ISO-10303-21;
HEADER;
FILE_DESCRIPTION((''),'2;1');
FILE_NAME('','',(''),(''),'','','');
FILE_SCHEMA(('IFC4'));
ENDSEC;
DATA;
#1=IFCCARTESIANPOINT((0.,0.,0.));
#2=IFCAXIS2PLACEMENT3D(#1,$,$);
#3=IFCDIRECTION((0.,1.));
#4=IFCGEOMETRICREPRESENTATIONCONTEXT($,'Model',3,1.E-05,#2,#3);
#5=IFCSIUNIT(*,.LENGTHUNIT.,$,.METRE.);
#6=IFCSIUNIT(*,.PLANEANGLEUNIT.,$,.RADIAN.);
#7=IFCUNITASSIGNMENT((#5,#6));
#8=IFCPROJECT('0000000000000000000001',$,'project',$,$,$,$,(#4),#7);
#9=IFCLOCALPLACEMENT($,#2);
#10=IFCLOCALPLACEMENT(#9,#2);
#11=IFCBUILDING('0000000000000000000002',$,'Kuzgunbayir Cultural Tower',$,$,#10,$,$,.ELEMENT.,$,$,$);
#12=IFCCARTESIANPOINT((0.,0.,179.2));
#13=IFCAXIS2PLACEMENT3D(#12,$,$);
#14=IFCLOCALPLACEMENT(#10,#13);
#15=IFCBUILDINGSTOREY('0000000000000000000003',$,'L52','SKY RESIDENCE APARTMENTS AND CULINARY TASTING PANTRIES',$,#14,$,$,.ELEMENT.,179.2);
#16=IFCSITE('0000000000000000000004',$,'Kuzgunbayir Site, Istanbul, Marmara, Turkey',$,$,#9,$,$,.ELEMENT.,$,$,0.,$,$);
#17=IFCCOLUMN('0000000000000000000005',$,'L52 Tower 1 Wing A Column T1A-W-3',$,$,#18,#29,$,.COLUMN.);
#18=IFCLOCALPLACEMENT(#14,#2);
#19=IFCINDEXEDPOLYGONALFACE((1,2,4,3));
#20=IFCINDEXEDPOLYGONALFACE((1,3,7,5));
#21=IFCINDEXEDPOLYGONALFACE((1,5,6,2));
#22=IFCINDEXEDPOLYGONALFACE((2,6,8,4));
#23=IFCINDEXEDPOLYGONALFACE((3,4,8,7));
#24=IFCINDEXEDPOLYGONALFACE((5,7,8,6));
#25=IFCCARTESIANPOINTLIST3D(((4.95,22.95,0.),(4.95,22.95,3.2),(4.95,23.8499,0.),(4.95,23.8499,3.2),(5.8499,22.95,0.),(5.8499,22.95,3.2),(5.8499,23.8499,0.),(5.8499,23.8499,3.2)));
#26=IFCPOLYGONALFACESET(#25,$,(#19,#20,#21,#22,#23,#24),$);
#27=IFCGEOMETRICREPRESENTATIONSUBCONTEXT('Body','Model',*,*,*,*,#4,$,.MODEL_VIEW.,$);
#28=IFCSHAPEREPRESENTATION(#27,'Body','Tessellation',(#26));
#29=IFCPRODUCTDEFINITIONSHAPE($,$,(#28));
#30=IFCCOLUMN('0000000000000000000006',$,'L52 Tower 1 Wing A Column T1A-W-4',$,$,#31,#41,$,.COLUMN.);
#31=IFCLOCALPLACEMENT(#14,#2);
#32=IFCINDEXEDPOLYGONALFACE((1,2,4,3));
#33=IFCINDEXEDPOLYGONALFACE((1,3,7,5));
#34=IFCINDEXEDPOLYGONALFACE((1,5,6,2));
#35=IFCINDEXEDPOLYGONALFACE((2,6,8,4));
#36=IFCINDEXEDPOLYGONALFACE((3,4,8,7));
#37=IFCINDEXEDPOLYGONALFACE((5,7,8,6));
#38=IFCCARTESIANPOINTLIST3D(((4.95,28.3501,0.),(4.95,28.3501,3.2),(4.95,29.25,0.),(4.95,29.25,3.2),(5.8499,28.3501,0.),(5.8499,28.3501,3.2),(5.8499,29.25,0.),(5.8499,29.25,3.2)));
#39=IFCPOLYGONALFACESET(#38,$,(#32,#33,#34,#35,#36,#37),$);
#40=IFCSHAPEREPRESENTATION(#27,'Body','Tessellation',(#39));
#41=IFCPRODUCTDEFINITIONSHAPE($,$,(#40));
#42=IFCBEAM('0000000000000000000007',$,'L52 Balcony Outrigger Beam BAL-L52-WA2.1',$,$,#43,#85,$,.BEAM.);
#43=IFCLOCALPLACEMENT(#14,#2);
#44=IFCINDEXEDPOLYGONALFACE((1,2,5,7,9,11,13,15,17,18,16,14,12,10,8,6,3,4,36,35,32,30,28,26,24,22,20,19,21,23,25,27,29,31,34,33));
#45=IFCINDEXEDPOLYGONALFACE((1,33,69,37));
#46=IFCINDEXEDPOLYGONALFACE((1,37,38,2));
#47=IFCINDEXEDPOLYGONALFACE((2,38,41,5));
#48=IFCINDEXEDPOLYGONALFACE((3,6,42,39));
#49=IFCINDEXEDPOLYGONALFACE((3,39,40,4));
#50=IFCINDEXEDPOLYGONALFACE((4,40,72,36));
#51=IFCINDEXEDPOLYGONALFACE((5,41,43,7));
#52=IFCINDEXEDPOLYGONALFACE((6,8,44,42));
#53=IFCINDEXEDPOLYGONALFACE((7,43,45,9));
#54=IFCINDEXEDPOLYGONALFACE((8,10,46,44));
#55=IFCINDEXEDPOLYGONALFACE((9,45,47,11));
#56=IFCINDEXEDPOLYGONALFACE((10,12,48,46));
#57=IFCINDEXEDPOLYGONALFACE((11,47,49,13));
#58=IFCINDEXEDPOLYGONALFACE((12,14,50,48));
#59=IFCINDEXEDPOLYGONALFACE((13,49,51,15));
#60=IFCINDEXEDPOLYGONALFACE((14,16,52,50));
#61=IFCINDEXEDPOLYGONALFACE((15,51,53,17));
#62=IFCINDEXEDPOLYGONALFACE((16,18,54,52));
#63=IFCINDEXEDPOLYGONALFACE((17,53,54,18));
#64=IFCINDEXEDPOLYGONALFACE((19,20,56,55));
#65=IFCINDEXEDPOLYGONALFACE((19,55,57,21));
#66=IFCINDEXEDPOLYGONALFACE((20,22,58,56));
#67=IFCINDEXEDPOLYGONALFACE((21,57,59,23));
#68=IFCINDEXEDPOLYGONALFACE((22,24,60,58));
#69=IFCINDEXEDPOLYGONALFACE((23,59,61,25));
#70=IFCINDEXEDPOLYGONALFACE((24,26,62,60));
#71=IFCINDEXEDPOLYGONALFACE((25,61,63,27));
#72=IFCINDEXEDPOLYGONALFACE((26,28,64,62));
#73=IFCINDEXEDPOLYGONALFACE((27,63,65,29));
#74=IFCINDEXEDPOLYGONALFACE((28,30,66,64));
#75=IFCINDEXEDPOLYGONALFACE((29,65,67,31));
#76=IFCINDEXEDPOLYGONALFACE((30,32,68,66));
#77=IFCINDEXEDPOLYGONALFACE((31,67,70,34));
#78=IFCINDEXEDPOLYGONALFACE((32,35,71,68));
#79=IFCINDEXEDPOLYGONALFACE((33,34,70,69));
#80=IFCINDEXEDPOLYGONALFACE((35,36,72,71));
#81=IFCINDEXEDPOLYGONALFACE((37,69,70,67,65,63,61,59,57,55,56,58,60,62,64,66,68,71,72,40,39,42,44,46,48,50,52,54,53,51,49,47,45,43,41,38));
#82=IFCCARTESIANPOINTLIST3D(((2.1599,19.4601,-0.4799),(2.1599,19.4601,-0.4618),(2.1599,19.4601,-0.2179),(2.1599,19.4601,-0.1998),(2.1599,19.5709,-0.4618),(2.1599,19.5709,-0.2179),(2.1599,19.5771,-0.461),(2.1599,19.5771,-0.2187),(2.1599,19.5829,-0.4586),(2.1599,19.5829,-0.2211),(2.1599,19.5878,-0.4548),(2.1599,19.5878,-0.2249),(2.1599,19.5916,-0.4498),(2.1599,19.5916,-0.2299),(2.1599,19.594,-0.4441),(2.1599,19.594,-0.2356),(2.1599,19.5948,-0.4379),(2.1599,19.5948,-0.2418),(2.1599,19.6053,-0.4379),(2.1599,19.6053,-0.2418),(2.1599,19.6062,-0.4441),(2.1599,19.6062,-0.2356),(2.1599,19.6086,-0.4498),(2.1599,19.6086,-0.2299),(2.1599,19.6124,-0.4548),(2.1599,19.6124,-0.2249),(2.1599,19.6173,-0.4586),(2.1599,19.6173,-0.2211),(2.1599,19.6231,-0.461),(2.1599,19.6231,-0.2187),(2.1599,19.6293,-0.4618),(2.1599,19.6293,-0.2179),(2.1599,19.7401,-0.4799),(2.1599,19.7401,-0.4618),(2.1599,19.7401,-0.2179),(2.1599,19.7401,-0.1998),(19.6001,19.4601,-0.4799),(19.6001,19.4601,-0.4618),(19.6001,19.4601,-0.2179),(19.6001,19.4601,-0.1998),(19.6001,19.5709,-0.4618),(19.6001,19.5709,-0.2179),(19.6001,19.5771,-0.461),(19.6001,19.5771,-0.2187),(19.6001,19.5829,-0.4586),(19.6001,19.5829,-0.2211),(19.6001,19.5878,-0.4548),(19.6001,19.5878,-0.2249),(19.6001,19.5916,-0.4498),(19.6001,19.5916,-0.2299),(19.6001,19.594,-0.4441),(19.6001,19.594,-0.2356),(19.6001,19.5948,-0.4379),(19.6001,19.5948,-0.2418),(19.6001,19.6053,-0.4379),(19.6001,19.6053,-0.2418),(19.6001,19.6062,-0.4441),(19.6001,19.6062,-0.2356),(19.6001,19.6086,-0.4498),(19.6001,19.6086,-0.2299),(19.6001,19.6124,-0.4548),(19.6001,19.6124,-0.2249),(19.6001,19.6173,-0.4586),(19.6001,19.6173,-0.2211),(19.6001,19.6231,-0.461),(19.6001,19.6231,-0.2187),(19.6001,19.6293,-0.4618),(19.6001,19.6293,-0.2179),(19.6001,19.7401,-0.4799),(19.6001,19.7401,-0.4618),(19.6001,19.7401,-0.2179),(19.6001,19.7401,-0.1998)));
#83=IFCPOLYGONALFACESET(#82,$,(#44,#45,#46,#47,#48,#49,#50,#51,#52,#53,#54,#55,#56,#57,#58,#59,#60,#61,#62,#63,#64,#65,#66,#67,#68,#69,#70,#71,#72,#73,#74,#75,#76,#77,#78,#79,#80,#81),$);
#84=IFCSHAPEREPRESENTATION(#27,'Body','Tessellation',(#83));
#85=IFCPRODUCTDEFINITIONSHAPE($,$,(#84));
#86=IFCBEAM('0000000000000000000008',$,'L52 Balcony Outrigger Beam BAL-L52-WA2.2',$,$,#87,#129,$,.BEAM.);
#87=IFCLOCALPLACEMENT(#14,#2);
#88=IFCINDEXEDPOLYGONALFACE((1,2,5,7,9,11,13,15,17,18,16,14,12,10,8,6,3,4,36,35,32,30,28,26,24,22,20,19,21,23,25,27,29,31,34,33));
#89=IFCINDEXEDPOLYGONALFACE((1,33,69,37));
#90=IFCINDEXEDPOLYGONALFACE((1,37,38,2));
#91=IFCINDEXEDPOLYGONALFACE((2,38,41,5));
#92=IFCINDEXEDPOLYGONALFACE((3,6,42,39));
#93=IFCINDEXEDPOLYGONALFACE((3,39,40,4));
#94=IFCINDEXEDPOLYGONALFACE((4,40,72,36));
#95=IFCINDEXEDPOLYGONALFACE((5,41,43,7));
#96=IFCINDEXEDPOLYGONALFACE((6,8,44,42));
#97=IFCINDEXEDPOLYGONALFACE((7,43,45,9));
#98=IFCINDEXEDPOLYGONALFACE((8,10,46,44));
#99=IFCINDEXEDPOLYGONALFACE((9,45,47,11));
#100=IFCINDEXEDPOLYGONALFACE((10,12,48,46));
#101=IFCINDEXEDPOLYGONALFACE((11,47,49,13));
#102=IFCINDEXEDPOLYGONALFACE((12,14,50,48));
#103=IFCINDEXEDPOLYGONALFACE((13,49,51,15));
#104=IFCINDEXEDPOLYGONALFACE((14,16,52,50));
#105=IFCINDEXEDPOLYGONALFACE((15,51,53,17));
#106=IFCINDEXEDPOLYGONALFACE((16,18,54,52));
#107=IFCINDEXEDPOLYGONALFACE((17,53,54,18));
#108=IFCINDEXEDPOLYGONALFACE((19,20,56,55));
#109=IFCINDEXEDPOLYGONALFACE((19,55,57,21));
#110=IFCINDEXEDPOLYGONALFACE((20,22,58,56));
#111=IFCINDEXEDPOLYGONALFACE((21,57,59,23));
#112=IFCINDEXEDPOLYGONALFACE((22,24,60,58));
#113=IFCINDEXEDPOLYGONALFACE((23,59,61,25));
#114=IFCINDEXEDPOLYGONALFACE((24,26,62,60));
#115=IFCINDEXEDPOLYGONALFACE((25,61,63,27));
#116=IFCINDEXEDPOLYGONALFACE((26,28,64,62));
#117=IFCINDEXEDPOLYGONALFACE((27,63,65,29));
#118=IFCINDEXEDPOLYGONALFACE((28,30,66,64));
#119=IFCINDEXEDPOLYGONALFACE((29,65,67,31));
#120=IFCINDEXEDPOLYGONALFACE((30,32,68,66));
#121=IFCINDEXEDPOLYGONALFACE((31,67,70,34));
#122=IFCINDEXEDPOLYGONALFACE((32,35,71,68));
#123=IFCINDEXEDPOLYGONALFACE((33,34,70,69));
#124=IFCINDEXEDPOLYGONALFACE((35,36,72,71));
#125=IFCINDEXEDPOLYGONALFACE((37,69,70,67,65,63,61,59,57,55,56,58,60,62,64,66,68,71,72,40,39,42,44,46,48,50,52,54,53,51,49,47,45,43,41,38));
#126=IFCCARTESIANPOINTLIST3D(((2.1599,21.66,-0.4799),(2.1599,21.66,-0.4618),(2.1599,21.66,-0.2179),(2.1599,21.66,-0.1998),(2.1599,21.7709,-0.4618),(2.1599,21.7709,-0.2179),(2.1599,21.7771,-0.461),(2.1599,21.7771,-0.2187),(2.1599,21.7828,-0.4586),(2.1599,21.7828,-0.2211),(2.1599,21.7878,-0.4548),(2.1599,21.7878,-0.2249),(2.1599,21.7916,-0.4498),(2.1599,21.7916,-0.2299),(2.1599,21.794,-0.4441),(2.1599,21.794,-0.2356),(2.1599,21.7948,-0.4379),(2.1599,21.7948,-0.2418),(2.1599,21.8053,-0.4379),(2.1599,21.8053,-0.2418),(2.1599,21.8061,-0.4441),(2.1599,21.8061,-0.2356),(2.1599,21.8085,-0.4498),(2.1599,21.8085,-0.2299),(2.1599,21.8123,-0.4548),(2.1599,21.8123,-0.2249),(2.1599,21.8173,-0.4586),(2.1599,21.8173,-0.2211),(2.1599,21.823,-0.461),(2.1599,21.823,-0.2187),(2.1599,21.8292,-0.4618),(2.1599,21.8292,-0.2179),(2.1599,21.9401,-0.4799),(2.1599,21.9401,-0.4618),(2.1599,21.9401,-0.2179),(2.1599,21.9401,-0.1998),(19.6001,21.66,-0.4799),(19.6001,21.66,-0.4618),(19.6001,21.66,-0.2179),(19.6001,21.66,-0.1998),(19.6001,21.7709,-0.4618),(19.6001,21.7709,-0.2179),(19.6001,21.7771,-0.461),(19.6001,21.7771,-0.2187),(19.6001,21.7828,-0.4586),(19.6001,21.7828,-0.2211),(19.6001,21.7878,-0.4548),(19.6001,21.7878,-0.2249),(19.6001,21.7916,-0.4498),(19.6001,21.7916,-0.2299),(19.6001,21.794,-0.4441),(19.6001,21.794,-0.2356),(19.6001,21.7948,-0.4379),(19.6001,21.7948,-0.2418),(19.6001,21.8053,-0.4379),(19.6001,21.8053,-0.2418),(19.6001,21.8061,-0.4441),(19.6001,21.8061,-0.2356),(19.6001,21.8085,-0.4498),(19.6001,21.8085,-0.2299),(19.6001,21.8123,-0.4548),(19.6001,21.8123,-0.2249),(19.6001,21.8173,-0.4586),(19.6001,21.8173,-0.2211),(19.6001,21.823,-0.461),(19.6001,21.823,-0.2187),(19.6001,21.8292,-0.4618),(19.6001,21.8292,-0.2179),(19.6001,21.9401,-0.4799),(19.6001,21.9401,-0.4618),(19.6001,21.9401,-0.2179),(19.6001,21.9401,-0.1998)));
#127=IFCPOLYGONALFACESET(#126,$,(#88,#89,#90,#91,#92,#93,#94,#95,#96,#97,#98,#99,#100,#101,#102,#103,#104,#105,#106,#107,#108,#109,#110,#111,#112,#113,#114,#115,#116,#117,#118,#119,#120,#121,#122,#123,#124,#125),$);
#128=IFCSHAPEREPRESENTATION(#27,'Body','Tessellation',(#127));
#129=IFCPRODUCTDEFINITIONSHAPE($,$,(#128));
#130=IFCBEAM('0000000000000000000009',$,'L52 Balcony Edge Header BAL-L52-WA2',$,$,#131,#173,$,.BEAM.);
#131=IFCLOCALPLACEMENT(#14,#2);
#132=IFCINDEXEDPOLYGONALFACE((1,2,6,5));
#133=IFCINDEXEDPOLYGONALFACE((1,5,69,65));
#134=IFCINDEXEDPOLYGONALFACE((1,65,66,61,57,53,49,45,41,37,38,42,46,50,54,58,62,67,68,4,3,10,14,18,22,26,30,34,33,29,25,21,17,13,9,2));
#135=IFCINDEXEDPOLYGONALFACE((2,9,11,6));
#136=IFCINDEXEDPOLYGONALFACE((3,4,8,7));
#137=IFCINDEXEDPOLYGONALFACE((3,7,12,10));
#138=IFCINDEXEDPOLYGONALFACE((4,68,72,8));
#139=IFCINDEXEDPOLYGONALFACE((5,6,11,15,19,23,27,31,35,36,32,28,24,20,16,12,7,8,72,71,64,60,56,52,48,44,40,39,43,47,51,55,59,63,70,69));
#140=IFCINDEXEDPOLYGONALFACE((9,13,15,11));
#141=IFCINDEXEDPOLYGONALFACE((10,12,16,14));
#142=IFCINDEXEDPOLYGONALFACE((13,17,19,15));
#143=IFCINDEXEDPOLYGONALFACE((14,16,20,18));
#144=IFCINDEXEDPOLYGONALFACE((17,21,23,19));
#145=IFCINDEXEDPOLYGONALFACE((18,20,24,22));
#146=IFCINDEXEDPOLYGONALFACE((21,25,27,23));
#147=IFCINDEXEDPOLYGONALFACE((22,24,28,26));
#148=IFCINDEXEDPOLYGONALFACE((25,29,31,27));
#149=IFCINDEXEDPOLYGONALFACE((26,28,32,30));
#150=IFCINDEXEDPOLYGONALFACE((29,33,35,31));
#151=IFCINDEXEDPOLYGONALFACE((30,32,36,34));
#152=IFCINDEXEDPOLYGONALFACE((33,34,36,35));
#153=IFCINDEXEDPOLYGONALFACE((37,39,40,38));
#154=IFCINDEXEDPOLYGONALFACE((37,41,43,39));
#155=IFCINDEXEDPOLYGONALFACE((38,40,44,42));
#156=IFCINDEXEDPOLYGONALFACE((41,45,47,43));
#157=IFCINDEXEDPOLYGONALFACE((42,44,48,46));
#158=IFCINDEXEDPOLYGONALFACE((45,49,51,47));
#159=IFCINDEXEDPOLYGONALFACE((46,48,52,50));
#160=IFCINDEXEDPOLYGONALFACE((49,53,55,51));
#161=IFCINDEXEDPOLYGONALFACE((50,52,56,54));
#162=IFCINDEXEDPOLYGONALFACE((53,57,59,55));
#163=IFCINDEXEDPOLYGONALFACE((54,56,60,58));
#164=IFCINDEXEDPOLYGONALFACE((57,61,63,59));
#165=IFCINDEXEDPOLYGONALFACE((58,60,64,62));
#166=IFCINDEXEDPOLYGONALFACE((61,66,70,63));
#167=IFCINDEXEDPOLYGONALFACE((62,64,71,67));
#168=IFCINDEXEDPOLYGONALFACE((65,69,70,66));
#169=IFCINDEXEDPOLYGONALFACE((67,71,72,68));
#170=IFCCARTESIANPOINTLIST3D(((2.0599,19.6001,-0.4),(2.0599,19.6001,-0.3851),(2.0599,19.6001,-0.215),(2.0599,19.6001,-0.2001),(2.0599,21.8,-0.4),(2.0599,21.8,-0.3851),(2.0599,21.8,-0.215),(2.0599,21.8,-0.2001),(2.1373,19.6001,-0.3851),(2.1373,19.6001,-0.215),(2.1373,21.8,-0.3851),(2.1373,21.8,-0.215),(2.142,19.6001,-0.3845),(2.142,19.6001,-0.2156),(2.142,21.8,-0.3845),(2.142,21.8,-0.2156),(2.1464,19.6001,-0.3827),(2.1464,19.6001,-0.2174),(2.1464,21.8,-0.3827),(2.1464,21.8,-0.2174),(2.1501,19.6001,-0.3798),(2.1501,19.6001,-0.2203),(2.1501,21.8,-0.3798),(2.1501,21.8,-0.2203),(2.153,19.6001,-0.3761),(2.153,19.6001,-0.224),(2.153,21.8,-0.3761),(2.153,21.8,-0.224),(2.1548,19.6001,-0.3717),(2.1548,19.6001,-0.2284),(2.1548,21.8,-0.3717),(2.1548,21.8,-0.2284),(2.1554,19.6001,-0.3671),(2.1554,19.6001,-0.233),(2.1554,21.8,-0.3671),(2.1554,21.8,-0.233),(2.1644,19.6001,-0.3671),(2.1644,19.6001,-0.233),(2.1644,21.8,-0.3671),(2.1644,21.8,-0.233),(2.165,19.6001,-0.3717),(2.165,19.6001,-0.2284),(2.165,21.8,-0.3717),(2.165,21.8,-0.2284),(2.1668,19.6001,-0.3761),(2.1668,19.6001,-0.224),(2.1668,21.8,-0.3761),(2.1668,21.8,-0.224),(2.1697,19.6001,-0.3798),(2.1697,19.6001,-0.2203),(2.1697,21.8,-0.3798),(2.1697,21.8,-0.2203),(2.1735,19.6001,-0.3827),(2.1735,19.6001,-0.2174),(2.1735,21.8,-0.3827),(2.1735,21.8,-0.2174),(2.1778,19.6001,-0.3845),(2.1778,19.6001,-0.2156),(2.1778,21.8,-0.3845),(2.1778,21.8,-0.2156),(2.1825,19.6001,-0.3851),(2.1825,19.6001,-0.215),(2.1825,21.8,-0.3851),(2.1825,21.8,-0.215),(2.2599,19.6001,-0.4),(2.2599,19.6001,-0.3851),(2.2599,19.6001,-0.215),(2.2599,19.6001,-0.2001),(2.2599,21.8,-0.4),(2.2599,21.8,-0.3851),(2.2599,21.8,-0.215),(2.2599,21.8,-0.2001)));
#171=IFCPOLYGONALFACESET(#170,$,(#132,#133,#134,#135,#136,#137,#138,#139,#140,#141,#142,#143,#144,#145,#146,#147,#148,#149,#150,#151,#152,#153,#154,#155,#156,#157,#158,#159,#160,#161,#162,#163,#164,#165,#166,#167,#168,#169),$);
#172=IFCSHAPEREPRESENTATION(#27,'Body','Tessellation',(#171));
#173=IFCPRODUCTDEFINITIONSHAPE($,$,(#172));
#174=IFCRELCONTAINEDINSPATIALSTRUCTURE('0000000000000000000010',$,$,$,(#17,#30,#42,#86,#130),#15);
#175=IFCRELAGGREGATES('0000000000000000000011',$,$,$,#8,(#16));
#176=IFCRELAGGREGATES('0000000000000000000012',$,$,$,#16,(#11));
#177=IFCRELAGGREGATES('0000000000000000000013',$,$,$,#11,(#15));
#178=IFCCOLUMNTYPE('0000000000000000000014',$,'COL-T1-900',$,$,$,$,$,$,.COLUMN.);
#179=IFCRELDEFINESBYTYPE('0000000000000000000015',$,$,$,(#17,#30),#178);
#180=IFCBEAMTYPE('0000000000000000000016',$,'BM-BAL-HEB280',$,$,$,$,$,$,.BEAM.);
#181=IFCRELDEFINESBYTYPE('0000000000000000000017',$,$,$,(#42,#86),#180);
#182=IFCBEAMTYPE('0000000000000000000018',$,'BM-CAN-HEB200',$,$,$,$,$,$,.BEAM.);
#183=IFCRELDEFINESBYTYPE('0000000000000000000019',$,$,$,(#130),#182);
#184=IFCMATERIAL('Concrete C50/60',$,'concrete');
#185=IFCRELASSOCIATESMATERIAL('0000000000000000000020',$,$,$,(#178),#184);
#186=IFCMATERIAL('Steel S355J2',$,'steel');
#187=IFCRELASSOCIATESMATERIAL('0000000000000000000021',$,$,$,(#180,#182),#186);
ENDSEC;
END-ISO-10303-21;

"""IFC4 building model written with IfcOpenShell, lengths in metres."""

from ifc_helpers import new_model, si_unit, direction, frame, origin, origin_2d, place, context, subcontext, project, spatial, rectangle, i_section, extrude, material, material_profile, profile_set, type_object, element, save


model = new_model("IFC4")

# Units and contexts
model_context = context("Model", 3, precision=1e-05, world=origin(), true_north=direction((0.0, 1.0)))
body_context = subcontext(model_context, "Body", "Model", "MODEL_VIEW")
ifc_project = project(units=[si_unit("LENGTHUNIT", "METRE"), si_unit("PLANEANGLEUNIT", "RADIAN")], contexts=[model_context])

# Site, building, storey
site_placement = place(None, origin())
site = spatial("IfcSite", under=ifc_project, at=site_placement, Name="Kuzgunbayir Site, Istanbul, Marmara, Turkey", CompositionType="ELEMENT", RefElevation=0.0)
building_placement = place(site_placement, origin())
building = spatial("IfcBuilding", under=site, at=building_placement, Name="Kuzgunbayir Cultural Tower", CompositionType="ELEMENT")
storey_placement = place(building_placement, frame((0.0, 0.0, 179.2)))
storey = spatial("IfcBuildingStorey", under=building, at=storey_placement, Name="L52", Description="SKY RESIDENCE APARTMENTS AND CULINARY TASTING PANTRIES", CompositionType="ELEMENT", Elevation=179.2)

# Columns
ifc_material_1 = material(Name="Concrete C50/60", Category="concrete")
ifc_material_profile_1 = material_profile(ifc_material_1, rectangle(XDim=0.8999, YDim=0.8999, at=origin_2d()), Name="RC 900x900")
ifc_profile_set_1 = profile_set([ifc_material_profile_1], Name="Concrete C50/60")
column_type = type_object("IfcColumnType", Name="COL-T1-900", PredefinedType="COLUMN", material=ifc_profile_set_1)
for number, where, z_axis, x_axis, name in (
    (1, (5.3999, 23.3999, 0.0), (0.0, 0.0, 1.0), (1.0, 0.0, 0.0), "L52 Tower 1 Wing A Column T1A-W-3"),
    (2, (5.3999, 28.8, 0.0), (0.0, 0.0, 1.0), (1.0, 0.0, 0.0), "L52 Tower 1 Wing A Column T1A-W-4"),
):
    element("IfcColumn", number, at=place(storey_placement, frame(where, z_axis=z_axis, x_axis=x_axis)), inside=storey, type_object=column_type, Name=name, PredefinedType="COLUMN", context=body_context, shape_type="SweptSolid", body=[
        extrude(rectangle(XDim=0.8999, YDim=0.8999, at=origin_2d()), origin(), (0.0, 0.0, 1.0), 3.2),
    ])

# Beams
ifc_material_2 = material(Name="Steel S355J2", Category="steel")
ifc_material_profile_2 = material_profile(ifc_material_2, i_section(OverallWidth=0.28, OverallDepth=0.28, WebThickness=0.0105, FlangeThickness=0.0181, FilletRadius=0.0239, at=origin_2d()), Name="HEB 280")
ifc_profile_set_2 = profile_set([ifc_material_profile_2], Name="Steel S355J2")
beam_type_1 = type_object("IfcBeamType", Name="BM-BAL-HEB280", PredefinedType="BEAM", material=ifc_profile_set_2)
for number, where, z_axis, x_axis, name in (
    (3, (2.1599, 19.6001, -0.3398), (1.0, 0.0, 0.0), (0.0, 1.0, 0.0), "L52 Balcony Outrigger Beam BAL-L52-WA2.1"),
    (4, (2.1599, 21.8, -0.3398), (1.0, 0.0, 0.0), (0.0, 1.0, 0.0), "L52 Balcony Outrigger Beam BAL-L52-WA2.2"),
):
    element("IfcBeam", number, at=place(storey_placement, frame(where, z_axis=z_axis, x_axis=x_axis)), inside=storey, type_object=beam_type_1, Name=name, PredefinedType="BEAM", context=body_context, shape_type="SweptSolid", body=[
        extrude(i_section(OverallWidth=0.28, OverallDepth=0.28, WebThickness=0.0105, FlangeThickness=0.0181, FilletRadius=0.0239, at=origin_2d()), origin(), (0.0, 0.0, 1.0), 17.4402),
    ])
ifc_material_profile_3 = material_profile(ifc_material_2, i_section(OverallWidth=0.2, OverallDepth=0.2, WebThickness=0.009, FlangeThickness=0.0149, FilletRadius=0.0181, at=origin_2d()), Name="HEB 200")
ifc_profile_set_3 = profile_set([ifc_material_profile_3], Name="Steel S355J2")
beam_type_2 = type_object("IfcBeamType", Name="BM-CAN-HEB200", PredefinedType="BEAM", material=ifc_profile_set_3)
beam_1_placement = place(storey_placement, frame((2.1599, 19.6001, -0.3), z_axis=(0.0, 1.0, 0.0), x_axis=(-1.0, 0.0, 0.0)))
element("IfcBeam", 5, at=beam_1_placement, inside=storey, type_object=beam_type_2, Name="L52 Balcony Edge Header BAL-L52-WA2", PredefinedType="BEAM", context=body_context, shape_type="SweptSolid", body=[
    extrude(i_section(OverallWidth=0.2, OverallDepth=0.2, WebThickness=0.009, FlangeThickness=0.0149, FilletRadius=0.0181, at=origin_2d()), origin(), (0.0, 0.0, 1.0), 2.2),
])

save(model, "model.ifc")
